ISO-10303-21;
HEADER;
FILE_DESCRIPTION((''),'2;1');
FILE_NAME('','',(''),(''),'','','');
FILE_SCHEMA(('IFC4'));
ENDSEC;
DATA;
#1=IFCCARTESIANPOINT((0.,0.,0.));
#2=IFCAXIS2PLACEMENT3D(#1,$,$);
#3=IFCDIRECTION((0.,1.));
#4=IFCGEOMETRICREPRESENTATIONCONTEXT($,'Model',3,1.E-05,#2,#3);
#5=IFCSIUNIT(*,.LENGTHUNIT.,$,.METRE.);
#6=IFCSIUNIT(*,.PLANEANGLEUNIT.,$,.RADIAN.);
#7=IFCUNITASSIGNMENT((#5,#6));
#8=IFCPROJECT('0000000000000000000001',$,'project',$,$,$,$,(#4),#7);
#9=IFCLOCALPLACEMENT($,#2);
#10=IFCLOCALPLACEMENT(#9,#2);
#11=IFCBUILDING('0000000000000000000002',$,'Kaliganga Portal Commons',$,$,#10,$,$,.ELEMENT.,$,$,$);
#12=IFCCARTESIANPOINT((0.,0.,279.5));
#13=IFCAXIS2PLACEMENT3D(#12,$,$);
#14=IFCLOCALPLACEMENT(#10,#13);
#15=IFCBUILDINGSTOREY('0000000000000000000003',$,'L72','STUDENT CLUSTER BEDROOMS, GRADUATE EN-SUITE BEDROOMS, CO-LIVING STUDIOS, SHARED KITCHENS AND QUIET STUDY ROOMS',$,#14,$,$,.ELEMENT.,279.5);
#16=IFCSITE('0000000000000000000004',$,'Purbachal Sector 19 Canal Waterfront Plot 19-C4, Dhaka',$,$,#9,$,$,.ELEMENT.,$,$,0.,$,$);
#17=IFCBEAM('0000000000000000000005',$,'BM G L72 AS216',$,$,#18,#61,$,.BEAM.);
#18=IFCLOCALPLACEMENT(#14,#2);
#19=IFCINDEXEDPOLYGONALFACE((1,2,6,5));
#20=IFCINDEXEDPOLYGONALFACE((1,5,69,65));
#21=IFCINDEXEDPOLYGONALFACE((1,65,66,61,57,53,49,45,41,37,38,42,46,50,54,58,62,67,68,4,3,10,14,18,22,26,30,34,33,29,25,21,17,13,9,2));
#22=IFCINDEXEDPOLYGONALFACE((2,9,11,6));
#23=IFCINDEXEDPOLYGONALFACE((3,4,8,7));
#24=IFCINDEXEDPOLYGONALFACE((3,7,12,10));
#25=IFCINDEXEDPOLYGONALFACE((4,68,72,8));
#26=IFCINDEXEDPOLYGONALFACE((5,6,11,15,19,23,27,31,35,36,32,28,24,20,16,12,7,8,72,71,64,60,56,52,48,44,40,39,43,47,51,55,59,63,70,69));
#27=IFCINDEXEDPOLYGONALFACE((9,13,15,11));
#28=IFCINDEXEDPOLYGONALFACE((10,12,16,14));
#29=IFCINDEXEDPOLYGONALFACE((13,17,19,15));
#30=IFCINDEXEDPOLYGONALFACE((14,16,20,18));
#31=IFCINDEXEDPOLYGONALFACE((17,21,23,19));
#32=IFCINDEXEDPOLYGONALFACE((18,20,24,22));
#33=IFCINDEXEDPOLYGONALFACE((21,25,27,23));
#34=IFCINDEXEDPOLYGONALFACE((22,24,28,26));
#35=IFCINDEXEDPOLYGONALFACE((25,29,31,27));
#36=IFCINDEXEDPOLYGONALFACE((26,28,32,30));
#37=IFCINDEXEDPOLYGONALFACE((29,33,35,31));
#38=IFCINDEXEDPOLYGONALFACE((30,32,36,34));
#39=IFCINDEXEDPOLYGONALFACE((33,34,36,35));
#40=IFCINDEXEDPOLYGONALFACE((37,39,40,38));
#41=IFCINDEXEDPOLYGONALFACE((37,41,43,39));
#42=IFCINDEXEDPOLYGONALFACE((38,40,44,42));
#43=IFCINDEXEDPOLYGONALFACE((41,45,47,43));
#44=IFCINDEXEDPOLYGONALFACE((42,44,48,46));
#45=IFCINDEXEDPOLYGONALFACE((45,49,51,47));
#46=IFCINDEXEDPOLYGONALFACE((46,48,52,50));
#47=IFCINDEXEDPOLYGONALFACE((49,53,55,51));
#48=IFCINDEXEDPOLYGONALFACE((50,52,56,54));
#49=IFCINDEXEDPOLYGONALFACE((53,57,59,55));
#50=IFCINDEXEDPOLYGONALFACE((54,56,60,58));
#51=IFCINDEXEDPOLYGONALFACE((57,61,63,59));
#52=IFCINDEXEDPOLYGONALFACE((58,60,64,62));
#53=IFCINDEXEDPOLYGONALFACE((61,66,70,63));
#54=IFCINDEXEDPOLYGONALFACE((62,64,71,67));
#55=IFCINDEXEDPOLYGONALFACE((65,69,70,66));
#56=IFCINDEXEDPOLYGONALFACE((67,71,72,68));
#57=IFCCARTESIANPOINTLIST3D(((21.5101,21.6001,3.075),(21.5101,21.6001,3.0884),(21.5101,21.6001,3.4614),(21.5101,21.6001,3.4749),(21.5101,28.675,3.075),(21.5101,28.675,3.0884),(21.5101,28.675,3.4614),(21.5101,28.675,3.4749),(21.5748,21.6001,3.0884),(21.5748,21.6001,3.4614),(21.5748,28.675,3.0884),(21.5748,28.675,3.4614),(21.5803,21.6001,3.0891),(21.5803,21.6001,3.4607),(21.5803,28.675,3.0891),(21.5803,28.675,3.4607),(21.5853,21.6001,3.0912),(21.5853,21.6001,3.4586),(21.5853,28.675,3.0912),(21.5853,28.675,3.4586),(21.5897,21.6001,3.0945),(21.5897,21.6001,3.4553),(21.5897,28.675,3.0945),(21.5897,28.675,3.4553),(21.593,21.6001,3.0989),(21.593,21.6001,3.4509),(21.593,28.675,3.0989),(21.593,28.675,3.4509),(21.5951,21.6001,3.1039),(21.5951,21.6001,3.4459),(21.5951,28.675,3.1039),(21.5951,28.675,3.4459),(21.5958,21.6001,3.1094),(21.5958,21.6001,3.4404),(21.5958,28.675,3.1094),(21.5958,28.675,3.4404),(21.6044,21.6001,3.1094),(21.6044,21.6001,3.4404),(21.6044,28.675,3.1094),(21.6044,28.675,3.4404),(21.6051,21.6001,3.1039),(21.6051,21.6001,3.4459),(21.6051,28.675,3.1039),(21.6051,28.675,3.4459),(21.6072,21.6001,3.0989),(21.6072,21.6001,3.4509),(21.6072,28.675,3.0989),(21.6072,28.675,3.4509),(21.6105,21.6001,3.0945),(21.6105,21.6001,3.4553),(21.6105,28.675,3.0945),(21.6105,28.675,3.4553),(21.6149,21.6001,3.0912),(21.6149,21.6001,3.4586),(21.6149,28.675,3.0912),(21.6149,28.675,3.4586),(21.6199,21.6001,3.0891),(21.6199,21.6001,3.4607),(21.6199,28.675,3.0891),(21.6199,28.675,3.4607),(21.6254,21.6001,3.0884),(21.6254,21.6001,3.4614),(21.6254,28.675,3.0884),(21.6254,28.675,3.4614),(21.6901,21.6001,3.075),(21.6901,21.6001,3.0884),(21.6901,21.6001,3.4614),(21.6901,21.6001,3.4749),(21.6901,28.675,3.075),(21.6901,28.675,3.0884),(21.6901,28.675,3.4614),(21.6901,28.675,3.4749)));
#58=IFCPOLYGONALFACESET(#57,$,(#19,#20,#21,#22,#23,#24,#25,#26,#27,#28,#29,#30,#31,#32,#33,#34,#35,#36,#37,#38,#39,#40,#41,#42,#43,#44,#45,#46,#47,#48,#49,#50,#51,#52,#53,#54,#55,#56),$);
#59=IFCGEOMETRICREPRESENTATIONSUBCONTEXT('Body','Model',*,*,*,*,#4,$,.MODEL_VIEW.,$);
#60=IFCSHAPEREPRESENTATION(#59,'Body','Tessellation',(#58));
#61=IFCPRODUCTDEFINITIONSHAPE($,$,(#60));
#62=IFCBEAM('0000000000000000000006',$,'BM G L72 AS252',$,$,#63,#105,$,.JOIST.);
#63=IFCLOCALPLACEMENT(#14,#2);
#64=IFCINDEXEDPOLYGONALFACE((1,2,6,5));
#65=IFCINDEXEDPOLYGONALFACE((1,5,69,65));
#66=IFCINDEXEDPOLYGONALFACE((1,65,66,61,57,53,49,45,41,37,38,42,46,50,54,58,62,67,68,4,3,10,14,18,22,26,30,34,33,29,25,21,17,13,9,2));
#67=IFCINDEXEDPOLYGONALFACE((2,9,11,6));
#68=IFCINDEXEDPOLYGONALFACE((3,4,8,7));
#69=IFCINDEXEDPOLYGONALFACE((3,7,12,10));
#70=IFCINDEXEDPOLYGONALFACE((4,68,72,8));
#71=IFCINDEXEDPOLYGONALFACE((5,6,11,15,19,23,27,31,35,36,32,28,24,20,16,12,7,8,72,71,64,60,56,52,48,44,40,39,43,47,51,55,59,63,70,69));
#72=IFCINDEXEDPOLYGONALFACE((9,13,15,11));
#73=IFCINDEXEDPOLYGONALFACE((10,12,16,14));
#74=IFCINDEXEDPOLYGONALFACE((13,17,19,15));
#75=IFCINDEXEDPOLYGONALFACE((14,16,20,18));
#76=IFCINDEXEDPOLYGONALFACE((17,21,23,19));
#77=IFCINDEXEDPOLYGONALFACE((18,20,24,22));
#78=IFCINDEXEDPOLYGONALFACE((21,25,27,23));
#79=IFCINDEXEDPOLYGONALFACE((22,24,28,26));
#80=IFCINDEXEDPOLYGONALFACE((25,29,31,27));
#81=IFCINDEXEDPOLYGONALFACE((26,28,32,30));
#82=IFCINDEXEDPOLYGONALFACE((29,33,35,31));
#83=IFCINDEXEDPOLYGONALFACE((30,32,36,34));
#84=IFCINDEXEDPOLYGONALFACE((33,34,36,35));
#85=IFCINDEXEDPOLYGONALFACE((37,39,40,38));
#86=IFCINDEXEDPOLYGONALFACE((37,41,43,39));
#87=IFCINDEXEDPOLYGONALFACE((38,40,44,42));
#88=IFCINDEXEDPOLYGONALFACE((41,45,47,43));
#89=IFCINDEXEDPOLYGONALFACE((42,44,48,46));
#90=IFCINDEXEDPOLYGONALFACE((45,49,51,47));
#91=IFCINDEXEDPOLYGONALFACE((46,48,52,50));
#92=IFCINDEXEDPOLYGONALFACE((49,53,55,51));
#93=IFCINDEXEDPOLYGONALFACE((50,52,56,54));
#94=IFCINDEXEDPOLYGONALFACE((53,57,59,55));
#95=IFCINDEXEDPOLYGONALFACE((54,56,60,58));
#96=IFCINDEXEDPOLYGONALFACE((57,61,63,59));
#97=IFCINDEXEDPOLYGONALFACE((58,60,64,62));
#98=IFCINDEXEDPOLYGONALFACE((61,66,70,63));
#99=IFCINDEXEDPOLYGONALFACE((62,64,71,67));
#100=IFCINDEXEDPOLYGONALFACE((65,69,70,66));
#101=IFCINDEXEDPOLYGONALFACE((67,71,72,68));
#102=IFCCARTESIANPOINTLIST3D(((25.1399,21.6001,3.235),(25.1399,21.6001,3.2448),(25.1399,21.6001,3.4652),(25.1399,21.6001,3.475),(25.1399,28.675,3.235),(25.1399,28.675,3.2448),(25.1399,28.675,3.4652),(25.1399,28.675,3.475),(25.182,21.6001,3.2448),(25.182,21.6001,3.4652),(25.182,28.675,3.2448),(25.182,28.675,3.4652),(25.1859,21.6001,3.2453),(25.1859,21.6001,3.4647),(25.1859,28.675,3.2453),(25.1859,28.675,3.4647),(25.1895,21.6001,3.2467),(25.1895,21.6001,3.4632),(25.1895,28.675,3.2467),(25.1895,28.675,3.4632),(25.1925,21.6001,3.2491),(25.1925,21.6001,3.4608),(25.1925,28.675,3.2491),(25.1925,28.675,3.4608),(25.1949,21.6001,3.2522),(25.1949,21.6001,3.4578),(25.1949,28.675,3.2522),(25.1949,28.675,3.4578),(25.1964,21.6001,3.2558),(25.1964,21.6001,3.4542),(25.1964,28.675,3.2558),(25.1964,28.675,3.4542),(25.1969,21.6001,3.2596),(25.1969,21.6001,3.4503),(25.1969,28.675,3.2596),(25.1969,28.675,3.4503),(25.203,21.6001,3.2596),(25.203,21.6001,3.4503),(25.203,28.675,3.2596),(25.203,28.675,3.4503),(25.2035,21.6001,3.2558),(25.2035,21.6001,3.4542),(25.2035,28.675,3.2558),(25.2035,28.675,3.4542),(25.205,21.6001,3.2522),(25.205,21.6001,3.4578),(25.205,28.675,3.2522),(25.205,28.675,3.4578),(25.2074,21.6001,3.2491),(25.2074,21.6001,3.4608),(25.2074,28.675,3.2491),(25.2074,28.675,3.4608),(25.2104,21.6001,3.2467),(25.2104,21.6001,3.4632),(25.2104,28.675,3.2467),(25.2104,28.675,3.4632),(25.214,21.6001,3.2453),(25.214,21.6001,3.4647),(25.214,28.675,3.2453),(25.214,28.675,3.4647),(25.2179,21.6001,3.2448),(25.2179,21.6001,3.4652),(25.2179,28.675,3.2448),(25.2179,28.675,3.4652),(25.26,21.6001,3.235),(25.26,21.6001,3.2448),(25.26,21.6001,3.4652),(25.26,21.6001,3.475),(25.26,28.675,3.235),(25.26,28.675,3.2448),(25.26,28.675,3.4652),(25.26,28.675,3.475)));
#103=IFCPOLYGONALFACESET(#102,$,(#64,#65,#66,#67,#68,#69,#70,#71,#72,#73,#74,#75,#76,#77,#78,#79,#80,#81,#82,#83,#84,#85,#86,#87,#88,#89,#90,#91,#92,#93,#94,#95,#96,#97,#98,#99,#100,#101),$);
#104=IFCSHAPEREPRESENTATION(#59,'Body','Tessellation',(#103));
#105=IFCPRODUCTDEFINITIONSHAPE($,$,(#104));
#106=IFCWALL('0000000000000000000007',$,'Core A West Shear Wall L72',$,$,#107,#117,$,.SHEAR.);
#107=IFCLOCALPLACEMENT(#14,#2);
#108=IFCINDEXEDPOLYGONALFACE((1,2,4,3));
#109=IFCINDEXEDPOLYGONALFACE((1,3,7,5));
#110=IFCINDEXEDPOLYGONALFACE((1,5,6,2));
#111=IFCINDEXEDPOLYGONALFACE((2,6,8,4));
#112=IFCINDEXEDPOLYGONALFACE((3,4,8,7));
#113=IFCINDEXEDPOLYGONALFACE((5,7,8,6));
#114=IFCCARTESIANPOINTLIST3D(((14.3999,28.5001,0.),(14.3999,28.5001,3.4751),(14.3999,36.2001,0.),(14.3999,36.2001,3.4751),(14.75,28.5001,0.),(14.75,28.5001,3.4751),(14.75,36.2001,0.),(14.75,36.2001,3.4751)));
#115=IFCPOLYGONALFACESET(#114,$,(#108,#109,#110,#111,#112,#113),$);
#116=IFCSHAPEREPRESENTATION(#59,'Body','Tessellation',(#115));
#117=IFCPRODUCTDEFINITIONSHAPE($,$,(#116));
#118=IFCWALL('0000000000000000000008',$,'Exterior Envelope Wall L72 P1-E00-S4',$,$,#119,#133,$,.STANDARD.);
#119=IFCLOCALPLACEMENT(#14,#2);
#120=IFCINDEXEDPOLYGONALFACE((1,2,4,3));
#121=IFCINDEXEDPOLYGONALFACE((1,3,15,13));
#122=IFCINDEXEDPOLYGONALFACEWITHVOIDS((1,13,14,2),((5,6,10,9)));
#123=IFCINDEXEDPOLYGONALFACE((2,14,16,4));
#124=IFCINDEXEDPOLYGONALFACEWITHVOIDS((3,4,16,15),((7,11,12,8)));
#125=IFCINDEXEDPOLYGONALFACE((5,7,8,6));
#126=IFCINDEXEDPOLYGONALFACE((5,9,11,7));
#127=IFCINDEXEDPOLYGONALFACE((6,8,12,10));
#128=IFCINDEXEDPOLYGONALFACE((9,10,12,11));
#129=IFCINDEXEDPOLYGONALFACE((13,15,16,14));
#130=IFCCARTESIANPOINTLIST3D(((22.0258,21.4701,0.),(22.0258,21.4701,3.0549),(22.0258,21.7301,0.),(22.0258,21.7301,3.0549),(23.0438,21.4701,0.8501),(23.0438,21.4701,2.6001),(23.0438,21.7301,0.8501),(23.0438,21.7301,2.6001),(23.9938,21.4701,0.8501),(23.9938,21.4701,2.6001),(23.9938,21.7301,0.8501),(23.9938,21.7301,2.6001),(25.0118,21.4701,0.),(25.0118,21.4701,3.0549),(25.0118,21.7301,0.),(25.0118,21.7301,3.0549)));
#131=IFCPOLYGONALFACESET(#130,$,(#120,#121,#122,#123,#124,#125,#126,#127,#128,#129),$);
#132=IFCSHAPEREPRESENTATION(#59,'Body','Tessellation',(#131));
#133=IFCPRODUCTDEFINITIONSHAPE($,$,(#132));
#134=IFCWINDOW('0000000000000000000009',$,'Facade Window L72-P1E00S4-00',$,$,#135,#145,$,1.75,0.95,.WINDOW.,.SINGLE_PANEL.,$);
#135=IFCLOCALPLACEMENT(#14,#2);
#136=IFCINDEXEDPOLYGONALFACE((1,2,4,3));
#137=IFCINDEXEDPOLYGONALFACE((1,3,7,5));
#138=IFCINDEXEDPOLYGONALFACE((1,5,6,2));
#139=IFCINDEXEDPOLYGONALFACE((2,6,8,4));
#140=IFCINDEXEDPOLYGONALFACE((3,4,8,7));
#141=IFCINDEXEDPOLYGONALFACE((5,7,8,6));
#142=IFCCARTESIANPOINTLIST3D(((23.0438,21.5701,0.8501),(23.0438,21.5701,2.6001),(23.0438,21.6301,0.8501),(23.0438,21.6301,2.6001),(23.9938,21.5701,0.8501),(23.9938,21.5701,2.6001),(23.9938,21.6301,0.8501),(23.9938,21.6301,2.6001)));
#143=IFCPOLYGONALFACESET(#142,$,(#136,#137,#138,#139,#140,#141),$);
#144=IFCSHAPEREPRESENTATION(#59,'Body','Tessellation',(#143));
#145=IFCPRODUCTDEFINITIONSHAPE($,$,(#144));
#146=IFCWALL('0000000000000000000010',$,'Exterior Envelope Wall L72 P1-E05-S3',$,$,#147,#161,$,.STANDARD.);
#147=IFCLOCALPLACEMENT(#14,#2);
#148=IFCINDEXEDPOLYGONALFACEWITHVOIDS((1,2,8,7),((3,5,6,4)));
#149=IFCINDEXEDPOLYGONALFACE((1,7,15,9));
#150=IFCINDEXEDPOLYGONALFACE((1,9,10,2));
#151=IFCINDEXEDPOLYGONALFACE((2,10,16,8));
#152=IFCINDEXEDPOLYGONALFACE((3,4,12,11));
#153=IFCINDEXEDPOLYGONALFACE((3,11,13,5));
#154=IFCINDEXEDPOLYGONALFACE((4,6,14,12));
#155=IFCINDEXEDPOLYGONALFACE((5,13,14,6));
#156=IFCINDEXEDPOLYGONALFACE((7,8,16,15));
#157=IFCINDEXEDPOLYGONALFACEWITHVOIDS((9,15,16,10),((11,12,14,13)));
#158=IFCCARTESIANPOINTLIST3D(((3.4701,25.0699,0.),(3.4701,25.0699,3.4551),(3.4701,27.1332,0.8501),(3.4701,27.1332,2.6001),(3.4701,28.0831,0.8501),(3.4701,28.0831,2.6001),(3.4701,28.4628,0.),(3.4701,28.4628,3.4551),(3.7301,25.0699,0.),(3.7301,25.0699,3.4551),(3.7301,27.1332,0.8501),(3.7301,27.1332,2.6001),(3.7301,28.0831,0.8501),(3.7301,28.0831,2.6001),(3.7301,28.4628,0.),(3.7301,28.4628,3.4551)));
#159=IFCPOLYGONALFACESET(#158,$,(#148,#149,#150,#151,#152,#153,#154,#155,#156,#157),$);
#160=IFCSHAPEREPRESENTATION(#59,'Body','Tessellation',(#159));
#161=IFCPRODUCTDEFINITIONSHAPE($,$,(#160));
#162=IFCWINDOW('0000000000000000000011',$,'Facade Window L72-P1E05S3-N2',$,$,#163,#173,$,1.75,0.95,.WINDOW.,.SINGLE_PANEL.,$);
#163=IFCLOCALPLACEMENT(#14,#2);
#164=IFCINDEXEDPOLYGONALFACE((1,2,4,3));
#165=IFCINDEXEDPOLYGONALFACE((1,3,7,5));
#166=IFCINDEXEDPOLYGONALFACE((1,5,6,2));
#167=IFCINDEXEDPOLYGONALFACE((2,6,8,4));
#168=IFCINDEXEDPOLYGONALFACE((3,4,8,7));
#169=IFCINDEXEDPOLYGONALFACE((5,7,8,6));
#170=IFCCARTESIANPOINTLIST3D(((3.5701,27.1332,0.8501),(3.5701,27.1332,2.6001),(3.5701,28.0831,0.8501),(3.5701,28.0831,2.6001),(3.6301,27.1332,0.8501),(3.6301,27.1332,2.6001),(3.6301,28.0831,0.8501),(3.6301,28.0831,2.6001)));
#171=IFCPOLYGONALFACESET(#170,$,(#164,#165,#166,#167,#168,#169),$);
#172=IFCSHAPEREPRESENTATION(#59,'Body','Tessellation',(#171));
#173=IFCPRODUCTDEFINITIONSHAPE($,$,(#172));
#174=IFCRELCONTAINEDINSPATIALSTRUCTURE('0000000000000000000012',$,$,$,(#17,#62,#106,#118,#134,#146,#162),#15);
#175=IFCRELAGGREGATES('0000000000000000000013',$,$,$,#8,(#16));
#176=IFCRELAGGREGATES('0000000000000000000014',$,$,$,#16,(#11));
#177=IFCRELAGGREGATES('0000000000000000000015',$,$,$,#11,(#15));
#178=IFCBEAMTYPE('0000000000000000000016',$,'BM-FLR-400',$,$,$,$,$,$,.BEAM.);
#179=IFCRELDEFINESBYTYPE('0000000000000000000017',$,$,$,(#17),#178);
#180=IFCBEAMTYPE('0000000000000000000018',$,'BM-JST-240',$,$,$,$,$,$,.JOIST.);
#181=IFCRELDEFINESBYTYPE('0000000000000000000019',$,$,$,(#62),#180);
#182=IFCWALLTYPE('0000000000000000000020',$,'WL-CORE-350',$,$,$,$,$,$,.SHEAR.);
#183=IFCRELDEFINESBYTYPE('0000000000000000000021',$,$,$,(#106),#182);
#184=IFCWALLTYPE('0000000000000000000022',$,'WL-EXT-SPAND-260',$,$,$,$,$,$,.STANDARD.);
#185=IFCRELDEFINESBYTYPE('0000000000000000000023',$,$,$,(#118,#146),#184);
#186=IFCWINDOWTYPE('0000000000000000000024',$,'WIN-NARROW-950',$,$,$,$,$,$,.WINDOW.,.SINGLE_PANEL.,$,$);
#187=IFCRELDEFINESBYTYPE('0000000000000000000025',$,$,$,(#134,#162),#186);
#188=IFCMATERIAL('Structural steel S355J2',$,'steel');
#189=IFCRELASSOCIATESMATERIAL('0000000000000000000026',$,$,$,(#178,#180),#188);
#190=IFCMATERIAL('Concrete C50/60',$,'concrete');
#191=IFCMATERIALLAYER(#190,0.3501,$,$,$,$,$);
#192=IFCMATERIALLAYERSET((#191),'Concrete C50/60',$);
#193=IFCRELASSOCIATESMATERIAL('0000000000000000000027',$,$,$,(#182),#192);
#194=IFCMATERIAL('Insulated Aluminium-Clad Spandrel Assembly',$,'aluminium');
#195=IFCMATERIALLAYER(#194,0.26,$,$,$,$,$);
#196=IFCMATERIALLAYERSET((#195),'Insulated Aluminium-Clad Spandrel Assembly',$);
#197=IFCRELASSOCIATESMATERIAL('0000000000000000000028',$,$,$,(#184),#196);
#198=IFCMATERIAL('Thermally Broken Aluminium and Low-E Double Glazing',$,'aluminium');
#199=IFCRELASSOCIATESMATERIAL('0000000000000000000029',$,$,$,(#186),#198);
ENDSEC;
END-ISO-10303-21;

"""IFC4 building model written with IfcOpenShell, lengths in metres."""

from ifc_helpers import new_model, si_unit, direction, frame, frame_2d, origin, origin_2d, place, context, subcontext, project, spatial, rectangle, i_section, extrude, source, transform, mapped, material, layer, layer_set, material_profile, profile_set, type_object, element, fill, save


model = new_model("IFC4")

# Units and contexts
model_context = context("Model", 3, precision=1e-05, world=origin(), true_north=direction((0.0, 1.0)))
body_context = subcontext(model_context, "Body", "Model", "MODEL_VIEW")
ifc_project = project(units=[si_unit("LENGTHUNIT", "METRE"), si_unit("PLANEANGLEUNIT", "RADIAN")], contexts=[model_context])

# Site, building, storey
site_placement = place(None, origin())
site = spatial("IfcSite", under=ifc_project, at=site_placement, Name="Purbachal Sector 19 Canal Waterfront Plot 19-C4, Dhaka", CompositionType="ELEMENT", RefElevation=0.0)
building_placement = place(site_placement, origin())
building = spatial("IfcBuilding", under=site, at=building_placement, Name="Kaliganga Portal Commons", CompositionType="ELEMENT")
storey_placement = place(building_placement, frame((0.0, 0.0, 279.5)))
storey = spatial("IfcBuildingStorey", under=building, at=storey_placement, Name="L72", Description="STUDENT CLUSTER BEDROOMS, GRADUATE EN-SUITE BEDROOMS, CO-LIVING STUDIOS, SHARED KITCHENS AND QUIET STUDY ROOMS", CompositionType="ELEMENT", Elevation=279.5)

# Shared definitions
ifc_material_1 = material(Name="Concrete C50/60", Category="concrete")
ifc_material_2 = material(Name="Structural steel S355J2", Category="steel")

# Beams
ifc_material_profile_1 = material_profile(ifc_material_2, i_section(OverallWidth=0.1799, OverallDepth=0.3999, WebThickness=0.0085, FlangeThickness=0.0134, FilletRadius=0.021, at=origin_2d()), Name="IPE 400")
ifc_profile_set_1 = profile_set([ifc_material_profile_1], Name="Structural steel S355J2 wide-flange")
beam_type_1 = type_object("IfcBeamType", Name="BM-FLR-400", PredefinedType="BEAM", material=ifc_profile_set_1)
shared_shape_1 = source(origin(), body_context, "Body", "SweptSolid", [
    extrude(i_section(OverallWidth=0.1799, OverallDepth=0.3999, WebThickness=0.0085, FlangeThickness=0.0134, FilletRadius=0.021, at=origin_2d()), origin(), (0.0, 0.0, 1.0), 7.075),
])
beam_1_placement = place(storey_placement, frame((21.6001, 21.6001, 3.2749), z_axis=(0.0, 1.0, 0.0), x_axis=(-1.0, 0.0, 0.0)))
element("IfcBeam", 1, at=beam_1_placement, inside=storey, type_object=beam_type_1, Name="BM G L72 AS216", PredefinedType="BEAM", context=body_context, shape_type="MappedRepresentation", body=[
    mapped(shared_shape_1, transform((0.0, 0.0, 0.0), x_axis=(1.0, 0.0, 0.0), y_axis=(0.0, 1.0, 0.0), z_axis=(0.0, 0.0, 1.0), scale=1.0)),
])
ifc_material_profile_2 = material_profile(ifc_material_2, i_section(OverallWidth=0.1201, OverallDepth=0.24, WebThickness=0.0061, FlangeThickness=0.0098, FilletRadius=0.0149, at=origin_2d()), Name="IPE 240")
ifc_profile_set_2 = profile_set([ifc_material_profile_2], Name="Structural steel S355J2 wide-flange")
beam_type_2 = type_object("IfcBeamType", Name="BM-JST-240", PredefinedType="JOIST", material=ifc_profile_set_2)
shared_shape_2 = source(origin(), body_context, "Body", "SweptSolid", [
    extrude(i_section(OverallWidth=0.1201, OverallDepth=0.24, WebThickness=0.0061, FlangeThickness=0.0098, FilletRadius=0.0149, at=origin_2d()), origin(), (0.0, 0.0, 1.0), 7.075),
])
beam_2_placement = place(storey_placement, frame((25.2, 21.6001, 3.355), z_axis=(0.0, 1.0, 0.0), x_axis=(-1.0, 0.0, 0.0)))
element("IfcBeam", 2, at=beam_2_placement, inside=storey, type_object=beam_type_2, Name="BM G L72 AS252", PredefinedType="JOIST", context=body_context, shape_type="MappedRepresentation", body=[
    mapped(shared_shape_2, transform((0.0, 0.0, 0.0), x_axis=(1.0, 0.0, 0.0), y_axis=(0.0, 1.0, 0.0), z_axis=(0.0, 0.0, 1.0), scale=1.0)),
])

# Wall
ifc_layer_1 = layer(ifc_material_1, 0.3501)
ifc_layer_set_1 = layer_set([ifc_layer_1], Name="Concrete C50/60")
wall_type_1 = type_object("IfcWallType", Name="WL-CORE-350", PredefinedType="SHEAR", material=ifc_layer_set_1)
wall_1_placement = place(storey_placement, frame((14.575, 28.5, 0.0), z_axis=(0.0, 0.0, 1.0), x_axis=(0.0, 1.0, 0.0)))
element("IfcWall", 3, at=wall_1_placement, inside=storey, type_object=wall_type_1, Name="Core A West Shear Wall L72", PredefinedType="SHEAR", context=body_context, shape_type="SweptSolid", body=[
    extrude(rectangle(XDim=7.7, YDim=0.3501, at=frame_2d((3.8501, 0.0))), origin(), (0.0, 0.0, 1.0), 3.4751),
])

# Walls, openings, windows
ifc_material_3 = material(Name="Insulated Aluminium-Clad Spandrel Assembly", Category="aluminium")
ifc_layer_2 = layer(ifc_material_3, 0.26)
ifc_layer_set_2 = layer_set([ifc_layer_2], Name="Insulated Aluminium-Clad Spandrel Assembly")
wall_type_2 = type_object("IfcWallType", Name="WL-EXT-SPAND-260", PredefinedType="STANDARD", material=ifc_layer_set_2)
wall_2_placement = place(storey_placement, frame((25.012, 21.6001, 0.0), z_axis=(0.0, 0.0, 1.0), x_axis=(-1.0, 0.0, 0.0)))
wall_2 = element("IfcWall", 4, at=wall_2_placement, inside=storey, type_object=wall_type_2, Name="Exterior Envelope Wall L72 P1-E00-S4", PredefinedType="STANDARD", context=body_context, shape_type="SweptSolid", body=[
    extrude(rectangle(XDim=2.9861, YDim=0.26, at=frame_2d((1.4932, 0.0))), origin(), (0.0, 0.0, 1.0), 3.0549),
])
opening_1_placement = place(wall_2_placement, frame((1.0181, 0.0, 0.8501)))
opening_1 = element("IfcOpeningElement", 5, at=opening_1_placement, cuts=wall_2, PredefinedType="OPENING", context=body_context, shape_type="SweptSolid", body=[
    extrude(rectangle(XDim=0.95, YDim=1.75, at=frame_2d((0.4751, 0.875))), frame((0.0, 0.1401, 0.0), z_axis=(0.0, -1.0, 0.0), x_axis=(1.0, 0.0, 0.0)), (0.0, 0.0, 1.0), 0.28),
])
ifc_material_4 = material(Name="Thermally Broken Aluminium and Low-E Double Glazing", Category="aluminium")
window_type_1 = type_object("IfcWindowType", Name="WIN-NARROW-950", PartitioningType="SINGLE_PANEL", PredefinedType="WINDOW", material=ifc_material_4)
window_1_placement = place(opening_1_placement, origin())
window_1 = element("IfcWindow", 6, at=window_1_placement, inside=storey, type_object=window_type_1, Name="Facade Window L72-P1E00S4-00", OverallHeight=1.75, OverallWidth=0.95, PartitioningType="SINGLE_PANEL", PredefinedType="WINDOW", context=body_context, shape_type="SweptSolid", body=[
    extrude(rectangle(XDim=0.95, YDim=1.75, at=frame_2d((0.4751, 0.875))), frame((0.0, 0.03, 0.0), z_axis=(0.0, -1.0, 0.0), x_axis=(1.0, 0.0, 0.0)), (0.0, 0.0, 1.0), 0.0601),
])
fill(opening_1, window_1)
wall_3_placement = place(storey_placement, frame((3.6001, 25.0701, 0.0), z_axis=(0.0, 0.0, 1.0), x_axis=(0.0, 1.0, 0.0)))
wall_3 = element("IfcWall", 7, at=wall_3_placement, inside=storey, type_object=wall_type_2, Name="Exterior Envelope Wall L72 P1-E05-S3", PredefinedType="STANDARD", context=body_context, shape_type="SweptSolid", body=[
    extrude(rectangle(XDim=3.3928, YDim=0.26, at=frame_2d((1.6963, 0.0))), origin(), (0.0, 0.0, 1.0), 3.4551),
])
opening_2_placement = place(wall_3_placement, frame((2.063, 0.0, 0.8501)))
opening_2 = element("IfcOpeningElement", 8, at=opening_2_placement, cuts=wall_3, PredefinedType="OPENING", context=body_context, shape_type="SweptSolid", body=[
    extrude(rectangle(XDim=0.95, YDim=1.75, at=frame_2d((0.4751, 0.875))), frame((0.0, 0.1401, 0.0), z_axis=(0.0, -1.0, 0.0), x_axis=(1.0, 0.0, 0.0)), (0.0, 0.0, 1.0), 0.28),
])
window_2_placement = place(opening_2_placement, origin())
window_2 = element("IfcWindow", 9, at=window_2_placement, inside=storey, type_object=window_type_1, Name="Facade Window L72-P1E05S3-N2", OverallHeight=1.75, OverallWidth=0.95, PartitioningType="SINGLE_PANEL", PredefinedType="WINDOW", context=body_context, shape_type="SweptSolid", body=[
    extrude(rectangle(XDim=0.95, YDim=1.75, at=frame_2d((0.4751, 0.875))), frame((0.0, 0.03, 0.0), z_axis=(0.0, -1.0, 0.0), x_axis=(1.0, 0.0, 0.0)), (0.0, 0.0, 1.0), 0.0601),
])
fill(opening_2, window_2)

save(model, "model.ifc")
